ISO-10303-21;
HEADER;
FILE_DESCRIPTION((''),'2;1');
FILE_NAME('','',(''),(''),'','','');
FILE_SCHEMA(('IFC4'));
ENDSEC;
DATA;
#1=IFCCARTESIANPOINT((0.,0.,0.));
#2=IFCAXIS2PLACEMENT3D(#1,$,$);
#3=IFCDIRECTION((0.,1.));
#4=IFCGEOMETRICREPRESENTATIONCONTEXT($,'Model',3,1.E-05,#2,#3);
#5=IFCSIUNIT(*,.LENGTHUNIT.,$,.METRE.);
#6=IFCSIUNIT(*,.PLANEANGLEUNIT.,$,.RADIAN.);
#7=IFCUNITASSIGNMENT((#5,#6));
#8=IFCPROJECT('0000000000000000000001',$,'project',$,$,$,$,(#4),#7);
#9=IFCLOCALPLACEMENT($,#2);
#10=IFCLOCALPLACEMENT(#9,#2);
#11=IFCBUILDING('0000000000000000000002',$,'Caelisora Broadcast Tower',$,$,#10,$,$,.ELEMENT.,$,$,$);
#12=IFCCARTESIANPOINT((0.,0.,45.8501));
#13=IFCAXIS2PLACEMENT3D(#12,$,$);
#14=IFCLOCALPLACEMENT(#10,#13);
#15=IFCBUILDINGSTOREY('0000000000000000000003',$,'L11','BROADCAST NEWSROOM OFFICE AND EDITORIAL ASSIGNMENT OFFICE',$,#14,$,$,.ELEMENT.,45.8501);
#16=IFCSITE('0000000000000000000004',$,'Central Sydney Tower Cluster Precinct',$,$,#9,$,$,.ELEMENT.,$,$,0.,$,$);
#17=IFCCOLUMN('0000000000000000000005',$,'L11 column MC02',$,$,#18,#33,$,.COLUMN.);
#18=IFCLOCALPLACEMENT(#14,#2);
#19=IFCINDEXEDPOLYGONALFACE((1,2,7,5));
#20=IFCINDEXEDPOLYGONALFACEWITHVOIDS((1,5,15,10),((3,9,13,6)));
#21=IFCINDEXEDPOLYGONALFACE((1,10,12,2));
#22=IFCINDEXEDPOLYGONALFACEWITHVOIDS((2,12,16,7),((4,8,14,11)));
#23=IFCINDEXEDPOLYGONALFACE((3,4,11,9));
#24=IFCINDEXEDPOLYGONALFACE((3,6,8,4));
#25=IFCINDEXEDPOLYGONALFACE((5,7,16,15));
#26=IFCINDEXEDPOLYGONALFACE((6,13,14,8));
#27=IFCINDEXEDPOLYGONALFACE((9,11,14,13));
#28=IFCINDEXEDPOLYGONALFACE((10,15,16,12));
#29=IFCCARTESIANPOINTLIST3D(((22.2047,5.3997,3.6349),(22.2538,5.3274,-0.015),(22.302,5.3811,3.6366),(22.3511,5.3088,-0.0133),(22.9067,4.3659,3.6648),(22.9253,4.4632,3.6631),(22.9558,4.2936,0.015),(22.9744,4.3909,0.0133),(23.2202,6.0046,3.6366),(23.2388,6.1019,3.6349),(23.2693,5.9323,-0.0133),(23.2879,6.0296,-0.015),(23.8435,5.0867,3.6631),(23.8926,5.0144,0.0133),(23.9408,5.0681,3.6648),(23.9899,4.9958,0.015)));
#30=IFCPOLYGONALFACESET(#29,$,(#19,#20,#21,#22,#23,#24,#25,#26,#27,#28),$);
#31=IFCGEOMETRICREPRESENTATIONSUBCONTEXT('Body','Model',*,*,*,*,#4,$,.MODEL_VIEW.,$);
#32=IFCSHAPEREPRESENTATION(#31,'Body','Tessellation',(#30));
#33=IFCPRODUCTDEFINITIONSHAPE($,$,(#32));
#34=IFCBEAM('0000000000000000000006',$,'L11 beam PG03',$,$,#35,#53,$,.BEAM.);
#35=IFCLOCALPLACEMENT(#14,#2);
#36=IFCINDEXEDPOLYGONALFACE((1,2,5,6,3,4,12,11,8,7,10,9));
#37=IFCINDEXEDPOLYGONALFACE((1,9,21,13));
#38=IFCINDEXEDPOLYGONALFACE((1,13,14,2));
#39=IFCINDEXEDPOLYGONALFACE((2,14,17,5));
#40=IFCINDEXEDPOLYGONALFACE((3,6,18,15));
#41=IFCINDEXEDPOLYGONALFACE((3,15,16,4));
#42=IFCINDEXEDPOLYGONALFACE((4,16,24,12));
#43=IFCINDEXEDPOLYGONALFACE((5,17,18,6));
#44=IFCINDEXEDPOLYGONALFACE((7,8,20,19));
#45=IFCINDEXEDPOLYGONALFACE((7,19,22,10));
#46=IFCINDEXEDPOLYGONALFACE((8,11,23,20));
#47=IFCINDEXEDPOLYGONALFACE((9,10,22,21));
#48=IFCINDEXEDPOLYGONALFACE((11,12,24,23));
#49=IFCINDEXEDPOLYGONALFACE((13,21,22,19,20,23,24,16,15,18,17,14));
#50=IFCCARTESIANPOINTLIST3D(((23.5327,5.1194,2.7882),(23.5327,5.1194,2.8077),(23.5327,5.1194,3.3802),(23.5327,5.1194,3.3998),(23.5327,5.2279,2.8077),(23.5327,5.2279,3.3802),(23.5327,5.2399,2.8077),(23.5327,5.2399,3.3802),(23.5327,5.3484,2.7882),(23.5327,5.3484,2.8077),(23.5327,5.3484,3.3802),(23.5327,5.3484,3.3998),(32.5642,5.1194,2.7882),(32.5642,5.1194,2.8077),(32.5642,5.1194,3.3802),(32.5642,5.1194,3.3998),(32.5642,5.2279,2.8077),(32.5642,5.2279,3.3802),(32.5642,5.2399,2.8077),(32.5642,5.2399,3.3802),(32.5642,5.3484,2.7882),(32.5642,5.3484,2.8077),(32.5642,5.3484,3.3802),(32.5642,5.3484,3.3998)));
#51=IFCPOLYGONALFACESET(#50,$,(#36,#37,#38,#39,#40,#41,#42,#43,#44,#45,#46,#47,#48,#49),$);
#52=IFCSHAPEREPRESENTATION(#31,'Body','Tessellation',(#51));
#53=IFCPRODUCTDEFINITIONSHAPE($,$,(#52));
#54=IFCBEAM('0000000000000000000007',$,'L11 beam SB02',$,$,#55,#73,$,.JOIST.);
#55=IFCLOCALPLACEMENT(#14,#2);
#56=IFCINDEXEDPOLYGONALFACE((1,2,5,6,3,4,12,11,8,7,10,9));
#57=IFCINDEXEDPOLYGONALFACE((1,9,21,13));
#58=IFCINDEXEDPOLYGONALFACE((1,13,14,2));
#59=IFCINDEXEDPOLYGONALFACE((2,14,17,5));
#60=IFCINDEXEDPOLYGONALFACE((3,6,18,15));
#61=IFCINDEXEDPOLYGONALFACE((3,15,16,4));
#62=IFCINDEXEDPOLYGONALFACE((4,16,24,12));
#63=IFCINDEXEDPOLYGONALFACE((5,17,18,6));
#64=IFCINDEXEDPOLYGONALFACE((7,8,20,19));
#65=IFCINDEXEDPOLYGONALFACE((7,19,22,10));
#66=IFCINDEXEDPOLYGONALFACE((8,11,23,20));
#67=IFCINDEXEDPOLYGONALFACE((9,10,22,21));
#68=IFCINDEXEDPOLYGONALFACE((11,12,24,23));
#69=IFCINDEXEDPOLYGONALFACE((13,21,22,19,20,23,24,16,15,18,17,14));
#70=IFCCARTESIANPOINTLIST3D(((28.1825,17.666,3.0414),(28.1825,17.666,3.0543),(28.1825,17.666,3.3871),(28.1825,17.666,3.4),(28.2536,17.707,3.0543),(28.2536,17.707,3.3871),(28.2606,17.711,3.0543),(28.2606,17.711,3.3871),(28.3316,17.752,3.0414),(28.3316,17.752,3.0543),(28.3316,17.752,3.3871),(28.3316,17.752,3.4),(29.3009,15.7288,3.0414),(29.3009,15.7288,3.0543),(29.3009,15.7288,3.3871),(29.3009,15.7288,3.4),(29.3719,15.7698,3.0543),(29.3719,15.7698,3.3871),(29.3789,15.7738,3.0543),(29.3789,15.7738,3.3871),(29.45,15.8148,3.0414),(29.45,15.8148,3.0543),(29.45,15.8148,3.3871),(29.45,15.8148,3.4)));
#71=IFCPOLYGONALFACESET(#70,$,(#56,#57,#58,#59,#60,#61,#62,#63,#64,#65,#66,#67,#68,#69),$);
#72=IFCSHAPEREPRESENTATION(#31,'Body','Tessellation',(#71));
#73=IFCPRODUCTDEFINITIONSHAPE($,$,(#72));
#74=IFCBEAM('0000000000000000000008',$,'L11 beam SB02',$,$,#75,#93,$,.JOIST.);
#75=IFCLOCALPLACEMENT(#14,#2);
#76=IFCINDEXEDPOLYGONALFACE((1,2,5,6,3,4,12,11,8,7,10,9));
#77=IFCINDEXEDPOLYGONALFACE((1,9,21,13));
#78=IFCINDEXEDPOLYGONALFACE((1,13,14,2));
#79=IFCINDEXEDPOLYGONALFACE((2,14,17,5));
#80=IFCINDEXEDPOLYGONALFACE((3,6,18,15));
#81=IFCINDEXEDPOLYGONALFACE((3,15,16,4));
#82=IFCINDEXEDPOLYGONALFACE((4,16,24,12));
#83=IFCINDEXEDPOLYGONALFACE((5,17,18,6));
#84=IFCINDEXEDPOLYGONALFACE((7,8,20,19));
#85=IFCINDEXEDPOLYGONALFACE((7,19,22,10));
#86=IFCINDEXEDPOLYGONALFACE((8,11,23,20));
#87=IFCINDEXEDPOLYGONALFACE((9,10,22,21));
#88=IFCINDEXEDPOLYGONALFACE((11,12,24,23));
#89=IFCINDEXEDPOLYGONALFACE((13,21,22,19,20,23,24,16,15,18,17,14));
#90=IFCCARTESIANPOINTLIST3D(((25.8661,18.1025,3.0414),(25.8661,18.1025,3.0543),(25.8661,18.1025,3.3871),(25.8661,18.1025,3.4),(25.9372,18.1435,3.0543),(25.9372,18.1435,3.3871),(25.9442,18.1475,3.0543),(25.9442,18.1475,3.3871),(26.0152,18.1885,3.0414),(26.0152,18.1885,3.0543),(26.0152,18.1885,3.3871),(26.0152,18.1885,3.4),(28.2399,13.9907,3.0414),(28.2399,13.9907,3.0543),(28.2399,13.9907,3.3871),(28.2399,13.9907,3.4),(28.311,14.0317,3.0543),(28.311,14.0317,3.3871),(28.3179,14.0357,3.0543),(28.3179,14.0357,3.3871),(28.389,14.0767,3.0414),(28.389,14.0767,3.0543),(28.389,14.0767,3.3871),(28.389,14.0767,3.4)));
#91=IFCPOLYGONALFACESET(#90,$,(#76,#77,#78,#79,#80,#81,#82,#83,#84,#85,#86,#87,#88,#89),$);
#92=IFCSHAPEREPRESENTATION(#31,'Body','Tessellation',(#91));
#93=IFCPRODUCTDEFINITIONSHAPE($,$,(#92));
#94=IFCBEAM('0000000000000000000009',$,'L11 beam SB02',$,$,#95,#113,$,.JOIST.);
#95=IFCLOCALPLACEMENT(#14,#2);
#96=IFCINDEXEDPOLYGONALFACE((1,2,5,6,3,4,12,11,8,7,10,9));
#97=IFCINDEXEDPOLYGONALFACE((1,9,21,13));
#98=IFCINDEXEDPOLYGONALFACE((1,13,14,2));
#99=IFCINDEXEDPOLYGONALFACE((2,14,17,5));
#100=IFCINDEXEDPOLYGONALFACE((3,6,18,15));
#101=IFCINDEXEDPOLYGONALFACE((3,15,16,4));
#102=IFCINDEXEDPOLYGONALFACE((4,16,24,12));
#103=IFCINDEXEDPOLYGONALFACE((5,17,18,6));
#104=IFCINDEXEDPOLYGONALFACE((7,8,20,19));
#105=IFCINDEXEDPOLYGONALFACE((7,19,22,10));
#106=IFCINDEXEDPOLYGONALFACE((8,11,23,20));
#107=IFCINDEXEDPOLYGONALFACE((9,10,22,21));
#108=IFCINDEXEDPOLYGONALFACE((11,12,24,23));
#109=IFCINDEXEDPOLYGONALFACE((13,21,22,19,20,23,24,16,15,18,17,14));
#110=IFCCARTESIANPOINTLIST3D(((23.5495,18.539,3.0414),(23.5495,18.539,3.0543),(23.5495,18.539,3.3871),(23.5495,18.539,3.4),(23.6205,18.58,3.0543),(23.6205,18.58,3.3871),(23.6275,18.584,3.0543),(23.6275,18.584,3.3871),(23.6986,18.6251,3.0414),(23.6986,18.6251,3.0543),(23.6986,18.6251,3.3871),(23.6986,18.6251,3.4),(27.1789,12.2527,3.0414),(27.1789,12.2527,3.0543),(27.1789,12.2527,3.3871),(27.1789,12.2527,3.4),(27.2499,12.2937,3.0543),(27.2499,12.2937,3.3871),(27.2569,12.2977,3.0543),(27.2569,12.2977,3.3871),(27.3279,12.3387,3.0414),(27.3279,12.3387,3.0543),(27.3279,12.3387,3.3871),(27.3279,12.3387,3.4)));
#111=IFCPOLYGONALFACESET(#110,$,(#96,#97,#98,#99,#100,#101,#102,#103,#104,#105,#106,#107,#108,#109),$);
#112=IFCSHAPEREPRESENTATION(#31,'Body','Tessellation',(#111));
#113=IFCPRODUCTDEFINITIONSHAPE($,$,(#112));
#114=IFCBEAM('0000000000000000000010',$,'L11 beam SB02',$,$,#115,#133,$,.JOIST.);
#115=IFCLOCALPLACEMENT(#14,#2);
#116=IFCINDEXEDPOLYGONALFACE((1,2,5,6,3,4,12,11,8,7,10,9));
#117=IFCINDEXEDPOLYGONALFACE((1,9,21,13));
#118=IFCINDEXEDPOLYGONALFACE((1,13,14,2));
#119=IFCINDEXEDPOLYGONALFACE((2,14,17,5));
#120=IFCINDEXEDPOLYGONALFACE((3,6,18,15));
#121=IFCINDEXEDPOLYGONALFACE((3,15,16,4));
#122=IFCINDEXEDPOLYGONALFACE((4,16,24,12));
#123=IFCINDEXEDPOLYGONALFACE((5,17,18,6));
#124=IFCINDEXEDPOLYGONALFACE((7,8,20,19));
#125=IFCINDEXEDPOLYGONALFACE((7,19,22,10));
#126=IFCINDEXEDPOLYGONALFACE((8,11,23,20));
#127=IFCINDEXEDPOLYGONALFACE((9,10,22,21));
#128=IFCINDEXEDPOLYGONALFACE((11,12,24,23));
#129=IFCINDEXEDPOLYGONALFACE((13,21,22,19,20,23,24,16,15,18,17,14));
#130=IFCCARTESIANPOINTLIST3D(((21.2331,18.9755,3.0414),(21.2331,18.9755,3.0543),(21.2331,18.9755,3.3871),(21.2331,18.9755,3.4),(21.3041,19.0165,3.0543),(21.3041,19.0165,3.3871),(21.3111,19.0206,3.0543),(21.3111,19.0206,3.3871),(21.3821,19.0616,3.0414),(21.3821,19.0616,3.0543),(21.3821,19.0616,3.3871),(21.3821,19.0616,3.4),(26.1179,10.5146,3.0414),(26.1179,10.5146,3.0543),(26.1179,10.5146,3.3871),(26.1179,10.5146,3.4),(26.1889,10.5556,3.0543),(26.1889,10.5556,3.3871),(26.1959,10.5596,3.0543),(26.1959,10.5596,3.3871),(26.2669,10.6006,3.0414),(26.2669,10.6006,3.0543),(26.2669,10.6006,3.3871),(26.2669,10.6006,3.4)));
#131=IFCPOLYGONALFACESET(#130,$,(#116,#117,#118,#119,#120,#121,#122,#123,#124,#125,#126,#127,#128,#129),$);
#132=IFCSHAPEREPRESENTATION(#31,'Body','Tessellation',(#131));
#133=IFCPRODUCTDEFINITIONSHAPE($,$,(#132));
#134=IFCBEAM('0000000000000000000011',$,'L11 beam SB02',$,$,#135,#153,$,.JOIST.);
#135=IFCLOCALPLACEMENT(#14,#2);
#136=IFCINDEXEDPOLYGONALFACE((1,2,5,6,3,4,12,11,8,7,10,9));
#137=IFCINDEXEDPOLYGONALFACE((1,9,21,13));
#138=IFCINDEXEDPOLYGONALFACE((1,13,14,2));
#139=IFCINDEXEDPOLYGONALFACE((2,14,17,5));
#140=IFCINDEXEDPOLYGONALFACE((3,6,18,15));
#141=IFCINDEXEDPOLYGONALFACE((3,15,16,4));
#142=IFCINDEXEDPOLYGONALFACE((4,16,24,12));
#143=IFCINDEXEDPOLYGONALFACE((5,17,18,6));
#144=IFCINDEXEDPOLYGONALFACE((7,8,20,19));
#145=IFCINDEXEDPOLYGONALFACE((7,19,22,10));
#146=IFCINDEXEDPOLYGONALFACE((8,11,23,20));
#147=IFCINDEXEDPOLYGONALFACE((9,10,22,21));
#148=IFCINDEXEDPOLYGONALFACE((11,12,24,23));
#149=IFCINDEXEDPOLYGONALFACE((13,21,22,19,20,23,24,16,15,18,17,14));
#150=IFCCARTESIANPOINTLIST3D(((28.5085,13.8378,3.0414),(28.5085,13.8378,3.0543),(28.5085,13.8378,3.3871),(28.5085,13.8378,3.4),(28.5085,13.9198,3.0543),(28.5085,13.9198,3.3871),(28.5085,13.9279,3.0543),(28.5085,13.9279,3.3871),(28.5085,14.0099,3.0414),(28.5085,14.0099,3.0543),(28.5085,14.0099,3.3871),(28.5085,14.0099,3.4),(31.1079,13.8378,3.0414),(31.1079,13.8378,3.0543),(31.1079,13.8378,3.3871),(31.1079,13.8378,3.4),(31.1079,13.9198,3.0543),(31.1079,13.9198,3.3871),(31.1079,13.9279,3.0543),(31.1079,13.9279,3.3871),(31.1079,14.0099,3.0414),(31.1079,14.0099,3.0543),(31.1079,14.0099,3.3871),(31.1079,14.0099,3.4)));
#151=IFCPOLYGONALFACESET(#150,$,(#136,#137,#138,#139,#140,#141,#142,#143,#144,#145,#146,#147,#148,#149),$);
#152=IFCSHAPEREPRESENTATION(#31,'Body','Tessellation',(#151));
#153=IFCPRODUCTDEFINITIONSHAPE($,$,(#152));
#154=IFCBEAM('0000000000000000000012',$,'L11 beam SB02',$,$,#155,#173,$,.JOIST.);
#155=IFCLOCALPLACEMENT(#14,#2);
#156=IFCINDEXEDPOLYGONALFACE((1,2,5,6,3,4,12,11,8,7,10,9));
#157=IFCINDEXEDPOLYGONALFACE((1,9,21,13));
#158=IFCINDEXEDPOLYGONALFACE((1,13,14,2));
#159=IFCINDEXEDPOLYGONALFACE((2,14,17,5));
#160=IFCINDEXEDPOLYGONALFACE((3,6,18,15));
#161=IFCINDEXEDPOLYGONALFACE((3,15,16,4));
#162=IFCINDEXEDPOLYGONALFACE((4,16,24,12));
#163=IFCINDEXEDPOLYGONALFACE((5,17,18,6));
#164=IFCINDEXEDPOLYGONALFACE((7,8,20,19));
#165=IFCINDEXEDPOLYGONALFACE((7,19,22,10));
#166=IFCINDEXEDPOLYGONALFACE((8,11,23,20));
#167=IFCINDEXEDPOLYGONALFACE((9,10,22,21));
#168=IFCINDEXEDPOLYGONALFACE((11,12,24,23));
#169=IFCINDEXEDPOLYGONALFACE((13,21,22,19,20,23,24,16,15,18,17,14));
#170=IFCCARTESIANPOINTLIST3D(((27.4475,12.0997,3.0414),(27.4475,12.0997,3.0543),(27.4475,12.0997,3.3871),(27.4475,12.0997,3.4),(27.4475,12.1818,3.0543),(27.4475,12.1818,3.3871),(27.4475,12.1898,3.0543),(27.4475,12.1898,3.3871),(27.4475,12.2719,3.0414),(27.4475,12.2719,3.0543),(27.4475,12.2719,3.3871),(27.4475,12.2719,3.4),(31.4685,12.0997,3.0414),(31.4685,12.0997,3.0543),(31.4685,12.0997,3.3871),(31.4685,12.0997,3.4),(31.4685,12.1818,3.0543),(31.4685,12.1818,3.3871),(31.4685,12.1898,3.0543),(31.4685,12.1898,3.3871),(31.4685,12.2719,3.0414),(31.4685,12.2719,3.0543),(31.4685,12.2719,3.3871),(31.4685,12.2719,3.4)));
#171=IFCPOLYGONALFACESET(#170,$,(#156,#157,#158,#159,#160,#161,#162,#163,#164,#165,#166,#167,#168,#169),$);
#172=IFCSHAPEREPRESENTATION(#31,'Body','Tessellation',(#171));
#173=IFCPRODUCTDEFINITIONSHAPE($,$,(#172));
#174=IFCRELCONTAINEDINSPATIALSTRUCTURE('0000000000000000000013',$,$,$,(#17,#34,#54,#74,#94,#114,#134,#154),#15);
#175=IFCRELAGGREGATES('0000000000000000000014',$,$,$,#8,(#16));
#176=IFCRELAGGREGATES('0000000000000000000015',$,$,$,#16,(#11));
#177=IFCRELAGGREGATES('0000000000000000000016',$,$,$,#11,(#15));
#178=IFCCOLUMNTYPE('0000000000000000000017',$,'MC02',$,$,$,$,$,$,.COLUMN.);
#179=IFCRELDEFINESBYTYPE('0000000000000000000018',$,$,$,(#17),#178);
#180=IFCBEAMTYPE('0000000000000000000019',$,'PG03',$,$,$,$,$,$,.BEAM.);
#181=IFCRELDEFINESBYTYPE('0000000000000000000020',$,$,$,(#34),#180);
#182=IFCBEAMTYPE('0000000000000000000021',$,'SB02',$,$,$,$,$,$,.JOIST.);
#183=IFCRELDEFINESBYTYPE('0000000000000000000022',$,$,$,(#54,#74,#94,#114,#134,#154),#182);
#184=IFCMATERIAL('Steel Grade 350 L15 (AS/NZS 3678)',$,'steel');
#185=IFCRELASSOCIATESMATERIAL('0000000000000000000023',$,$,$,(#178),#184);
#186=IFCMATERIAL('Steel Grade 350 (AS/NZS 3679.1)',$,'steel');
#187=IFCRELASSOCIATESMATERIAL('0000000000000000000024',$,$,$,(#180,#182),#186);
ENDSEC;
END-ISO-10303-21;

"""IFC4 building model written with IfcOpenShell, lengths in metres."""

from ifc_helpers import new_model, si_unit, direction, frame, origin, origin_2d, place, context, subcontext, project, spatial, hollow_rectangle, i_section, extrude, source, transform, mapped, material, material_profile, profile_set, type_object, type_shapes, element, save


model = new_model("IFC4")

# Units and contexts
model_context = context("Model", 3, precision=1e-05, world=origin(), true_north=direction((0.0, 1.0)))
body_context = subcontext(model_context, "Body", "Model", "MODEL_VIEW")
ifc_project = project(units=[si_unit("LENGTHUNIT", "METRE"), si_unit("PLANEANGLEUNIT", "RADIAN")], contexts=[model_context])

# Site, building, storey
site_placement = place(None, origin())
site = spatial("IfcSite", under=ifc_project, at=site_placement, Name="Central Sydney Tower Cluster Precinct", CompositionType="ELEMENT", RefElevation=0.0)
building_placement = place(site_placement, origin())
building = spatial("IfcBuilding", under=site, at=building_placement, Name="Caelisora Broadcast Tower", CompositionType="ELEMENT")
storey_placement = place(building_placement, frame((0.0, 0.0, 45.8501)))
storey = spatial("IfcBuildingStorey", under=building, at=storey_placement, Name="L11", Description="BROADCAST NEWSROOM OFFICE AND EDITORIAL ASSIGNMENT OFFICE", CompositionType="ELEMENT", Elevation=45.8501)

# Column
ifc_material_1 = material(Name="Steel Grade 350 L15 (AS/NZS 3678)", Category="steel")
ifc_material_profile_1 = material_profile(ifc_material_1, hollow_rectangle(XDim=1.25, YDim=1.25, WallThickness=0.0701, at=origin_2d()), Name="Steel Grade 350 L15 (AS/NZS 3678)")
ifc_profile_set_1 = profile_set([ifc_material_profile_1], Name="Steel Grade 350 L15 (AS/NZS 3678)")
column_type = type_object("IfcColumnType", Name="MC02", PredefinedType="COLUMN", material=ifc_profile_set_1)
shared_shape_1 = source(origin(), body_context, "Body", "SweptSolid", [
    extrude(hollow_rectangle(XDim=1.25, YDim=1.25, WallThickness=0.0701, at=origin_2d()), origin(), (0.0, 0.0, 1.0), 3.6509),
])
type_shapes(column_type, [shared_shape_1])
column_placement = place(storey_placement, frame((23.1218, 5.1616, 0.0), z_axis=(-0.013441, 0.019794, 0.999714), x_axis=(-0.82729, -0.561775, 0.0)))
element("IfcColumn", 1, at=column_placement, inside=storey, type_object=column_type, Name="L11 column MC02", PredefinedType="COLUMN", context=body_context, shape_type="MappedRepresentation", body=[
    mapped(shared_shape_1, transform((0.0, 0.0, 0.0), scale=1.0)),
])

# Beams
ifc_material_2 = material(Name="Steel Grade 350 (AS/NZS 3679.1)", Category="steel")
ifc_material_profile_2 = material_profile(ifc_material_2, i_section(OverallWidth=0.229, OverallDepth=0.6116, WebThickness=0.012, FlangeThickness=0.0195, at=origin_2d()), Name="Steel Grade 350 (AS/NZS 3679.1)")
ifc_profile_set_2 = profile_set([ifc_material_profile_2], Name="Steel Grade 350 (AS/NZS 3679.1)")
beam_type_1 = type_object("IfcBeamType", Name="PG03", PredefinedType="BEAM", material=ifc_profile_set_2)
shared_shape_2 = source(origin(), body_context, "Body", "SweptSolid", [
    extrude(i_section(OverallWidth=0.229, OverallDepth=0.6116, WebThickness=0.012, FlangeThickness=0.0195, at=origin_2d()), origin(), (0.0, 0.0, 1.0), 9.0315),
])
type_shapes(beam_type_1, [shared_shape_2])
beam_1_placement = place(storey_placement, frame((23.5327, 5.2339, 3.094), z_axis=(1.0, 0.0, 0.0), x_axis=(0.0, 1.0, 0.0)))
element("IfcBeam", 2, at=beam_1_placement, inside=storey, type_object=beam_type_1, Name="L11 beam PG03", PredefinedType="BEAM", context=body_context, shape_type="MappedRepresentation", body=[
    mapped(shared_shape_2, transform((0.0, 0.0, 0.0), scale=1.0)),
])
ifc_material_profile_3 = material_profile(ifc_material_2, i_section(OverallWidth=0.1721, OverallDepth=0.3586, WebThickness=0.0081, FlangeThickness=0.0129, at=origin_2d()), Name="Steel Grade 350 (AS/NZS 3679.1)")
ifc_profile_set_3 = profile_set([ifc_material_profile_3], Name="Steel Grade 350 (AS/NZS 3679.1)")
beam_type_2 = type_object("IfcBeamType", Name="SB02", PredefinedType="JOIST", material=ifc_profile_set_3)
shared_shape_3 = source(origin(), body_context, "Body", "SweptSolid", [
    extrude(i_section(OverallWidth=0.1721, OverallDepth=0.3586, WebThickness=0.0081, FlangeThickness=0.0129, at=origin_2d()), origin(), (0.0, 0.0, 1.0), 2.2368),
])
beam_2_placement = place(storey_placement, frame((28.2571, 17.709, 3.2207), z_axis=(0.499978, -0.866038, 0.0), x_axis=(0.866038, 0.499978, 0.0)))
element("IfcBeam", 3, at=beam_2_placement, inside=storey, type_object=beam_type_2, Name="L11 beam SB02", PredefinedType="JOIST", context=body_context, shape_type="MappedRepresentation", body=[
    mapped(shared_shape_3, transform((0.0, 0.0, 0.0), scale=1.0)),
])
shared_shape_4 = source(origin(), body_context, "Body", "SweptSolid", [
    extrude(i_section(OverallWidth=0.1721, OverallDepth=0.3586, WebThickness=0.0081, FlangeThickness=0.0129, at=origin_2d()), origin(), (0.0, 0.0, 1.0), 4.7478),
])
beam_3_placement = place(storey_placement, frame((25.9407, 18.1455, 3.2207), z_axis=(0.499972, -0.866042, 0.0), x_axis=(0.866042, 0.499972, 0.0)))
element("IfcBeam", 4, at=beam_3_placement, inside=storey, type_object=beam_type_2, Name="L11 beam SB02", PredefinedType="JOIST", context=body_context, shape_type="MappedRepresentation", body=[
    mapped(shared_shape_4, transform((0.0, 0.0, 0.0), scale=1.0)),
])
shared_shape_5 = source(origin(), body_context, "Body", "SweptSolid", [
    extrude(i_section(OverallWidth=0.1721, OverallDepth=0.3586, WebThickness=0.0081, FlangeThickness=0.0129, at=origin_2d()), origin(), (0.0, 0.0, 1.0), 7.2588),
])
beam_4_placement = place(storey_placement, frame((23.624, 18.582, 3.2207), z_axis=(0.499995, -0.866028, 0.0), x_axis=(0.866028, 0.499995, 0.0)))
element("IfcBeam", 5, at=beam_4_placement, inside=storey, type_object=beam_type_2, Name="L11 beam SB02", PredefinedType="JOIST", context=body_context, shape_type="MappedRepresentation", body=[
    mapped(shared_shape_5, transform((0.0, 0.0, 0.0), scale=1.0)),
])
shared_shape_6 = source(origin(), body_context, "Body", "SweptSolid", [
    extrude(i_section(OverallWidth=0.1721, OverallDepth=0.3586, WebThickness=0.0081, FlangeThickness=0.0129, at=origin_2d()), origin(), (0.0, 0.0, 1.0), 9.7698),
])
beam_5_placement = place(storey_placement, frame((21.3076, 19.0186, 3.2207), z_axis=(0.499988, -0.866032, 0.0), x_axis=(0.866032, 0.499988, 0.0)))
element("IfcBeam", 6, at=beam_5_placement, inside=storey, type_object=beam_type_2, Name="L11 beam SB02", PredefinedType="JOIST", context=body_context, shape_type="MappedRepresentation", body=[
    mapped(shared_shape_6, transform((0.0, 0.0, 0.0), scale=1.0)),
])
shared_shape_7 = source(origin(), body_context, "Body", "SweptSolid", [
    extrude(i_section(OverallWidth=0.1721, OverallDepth=0.3586, WebThickness=0.0081, FlangeThickness=0.0129, at=origin_2d()), origin(), (0.0, 0.0, 1.0), 2.5994),
])
beam_6_placement = place(storey_placement, frame((28.5085, 13.9238, 3.2207), z_axis=(1.0, 0.0, 0.0), x_axis=(0.0, 1.0, 0.0)))
element("IfcBeam", 7, at=beam_6_placement, inside=storey, type_object=beam_type_2, Name="L11 beam SB02", PredefinedType="JOIST", context=body_context, shape_type="MappedRepresentation", body=[
    mapped(shared_shape_7, transform((0.0, 0.0, 0.0), scale=1.0)),
])
shared_shape_8 = source(origin(), body_context, "Body", "SweptSolid", [
    extrude(i_section(OverallWidth=0.1721, OverallDepth=0.3586, WebThickness=0.0081, FlangeThickness=0.0129, at=origin_2d()), origin(), (0.0, 0.0, 1.0), 4.021),
])
beam_7_placement = place(storey_placement, frame((27.4475, 12.1858, 3.2207), z_axis=(1.0, 0.0, 0.0), x_axis=(0.0, 1.0, 0.0)))
element("IfcBeam", 8, at=beam_7_placement, inside=storey, type_object=beam_type_2, Name="L11 beam SB02", PredefinedType="JOIST", context=body_context, shape_type="MappedRepresentation", body=[
    mapped(shared_shape_8, transform((0.0, 0.0, 0.0), scale=1.0)),
])

save(model, "model.ifc")
